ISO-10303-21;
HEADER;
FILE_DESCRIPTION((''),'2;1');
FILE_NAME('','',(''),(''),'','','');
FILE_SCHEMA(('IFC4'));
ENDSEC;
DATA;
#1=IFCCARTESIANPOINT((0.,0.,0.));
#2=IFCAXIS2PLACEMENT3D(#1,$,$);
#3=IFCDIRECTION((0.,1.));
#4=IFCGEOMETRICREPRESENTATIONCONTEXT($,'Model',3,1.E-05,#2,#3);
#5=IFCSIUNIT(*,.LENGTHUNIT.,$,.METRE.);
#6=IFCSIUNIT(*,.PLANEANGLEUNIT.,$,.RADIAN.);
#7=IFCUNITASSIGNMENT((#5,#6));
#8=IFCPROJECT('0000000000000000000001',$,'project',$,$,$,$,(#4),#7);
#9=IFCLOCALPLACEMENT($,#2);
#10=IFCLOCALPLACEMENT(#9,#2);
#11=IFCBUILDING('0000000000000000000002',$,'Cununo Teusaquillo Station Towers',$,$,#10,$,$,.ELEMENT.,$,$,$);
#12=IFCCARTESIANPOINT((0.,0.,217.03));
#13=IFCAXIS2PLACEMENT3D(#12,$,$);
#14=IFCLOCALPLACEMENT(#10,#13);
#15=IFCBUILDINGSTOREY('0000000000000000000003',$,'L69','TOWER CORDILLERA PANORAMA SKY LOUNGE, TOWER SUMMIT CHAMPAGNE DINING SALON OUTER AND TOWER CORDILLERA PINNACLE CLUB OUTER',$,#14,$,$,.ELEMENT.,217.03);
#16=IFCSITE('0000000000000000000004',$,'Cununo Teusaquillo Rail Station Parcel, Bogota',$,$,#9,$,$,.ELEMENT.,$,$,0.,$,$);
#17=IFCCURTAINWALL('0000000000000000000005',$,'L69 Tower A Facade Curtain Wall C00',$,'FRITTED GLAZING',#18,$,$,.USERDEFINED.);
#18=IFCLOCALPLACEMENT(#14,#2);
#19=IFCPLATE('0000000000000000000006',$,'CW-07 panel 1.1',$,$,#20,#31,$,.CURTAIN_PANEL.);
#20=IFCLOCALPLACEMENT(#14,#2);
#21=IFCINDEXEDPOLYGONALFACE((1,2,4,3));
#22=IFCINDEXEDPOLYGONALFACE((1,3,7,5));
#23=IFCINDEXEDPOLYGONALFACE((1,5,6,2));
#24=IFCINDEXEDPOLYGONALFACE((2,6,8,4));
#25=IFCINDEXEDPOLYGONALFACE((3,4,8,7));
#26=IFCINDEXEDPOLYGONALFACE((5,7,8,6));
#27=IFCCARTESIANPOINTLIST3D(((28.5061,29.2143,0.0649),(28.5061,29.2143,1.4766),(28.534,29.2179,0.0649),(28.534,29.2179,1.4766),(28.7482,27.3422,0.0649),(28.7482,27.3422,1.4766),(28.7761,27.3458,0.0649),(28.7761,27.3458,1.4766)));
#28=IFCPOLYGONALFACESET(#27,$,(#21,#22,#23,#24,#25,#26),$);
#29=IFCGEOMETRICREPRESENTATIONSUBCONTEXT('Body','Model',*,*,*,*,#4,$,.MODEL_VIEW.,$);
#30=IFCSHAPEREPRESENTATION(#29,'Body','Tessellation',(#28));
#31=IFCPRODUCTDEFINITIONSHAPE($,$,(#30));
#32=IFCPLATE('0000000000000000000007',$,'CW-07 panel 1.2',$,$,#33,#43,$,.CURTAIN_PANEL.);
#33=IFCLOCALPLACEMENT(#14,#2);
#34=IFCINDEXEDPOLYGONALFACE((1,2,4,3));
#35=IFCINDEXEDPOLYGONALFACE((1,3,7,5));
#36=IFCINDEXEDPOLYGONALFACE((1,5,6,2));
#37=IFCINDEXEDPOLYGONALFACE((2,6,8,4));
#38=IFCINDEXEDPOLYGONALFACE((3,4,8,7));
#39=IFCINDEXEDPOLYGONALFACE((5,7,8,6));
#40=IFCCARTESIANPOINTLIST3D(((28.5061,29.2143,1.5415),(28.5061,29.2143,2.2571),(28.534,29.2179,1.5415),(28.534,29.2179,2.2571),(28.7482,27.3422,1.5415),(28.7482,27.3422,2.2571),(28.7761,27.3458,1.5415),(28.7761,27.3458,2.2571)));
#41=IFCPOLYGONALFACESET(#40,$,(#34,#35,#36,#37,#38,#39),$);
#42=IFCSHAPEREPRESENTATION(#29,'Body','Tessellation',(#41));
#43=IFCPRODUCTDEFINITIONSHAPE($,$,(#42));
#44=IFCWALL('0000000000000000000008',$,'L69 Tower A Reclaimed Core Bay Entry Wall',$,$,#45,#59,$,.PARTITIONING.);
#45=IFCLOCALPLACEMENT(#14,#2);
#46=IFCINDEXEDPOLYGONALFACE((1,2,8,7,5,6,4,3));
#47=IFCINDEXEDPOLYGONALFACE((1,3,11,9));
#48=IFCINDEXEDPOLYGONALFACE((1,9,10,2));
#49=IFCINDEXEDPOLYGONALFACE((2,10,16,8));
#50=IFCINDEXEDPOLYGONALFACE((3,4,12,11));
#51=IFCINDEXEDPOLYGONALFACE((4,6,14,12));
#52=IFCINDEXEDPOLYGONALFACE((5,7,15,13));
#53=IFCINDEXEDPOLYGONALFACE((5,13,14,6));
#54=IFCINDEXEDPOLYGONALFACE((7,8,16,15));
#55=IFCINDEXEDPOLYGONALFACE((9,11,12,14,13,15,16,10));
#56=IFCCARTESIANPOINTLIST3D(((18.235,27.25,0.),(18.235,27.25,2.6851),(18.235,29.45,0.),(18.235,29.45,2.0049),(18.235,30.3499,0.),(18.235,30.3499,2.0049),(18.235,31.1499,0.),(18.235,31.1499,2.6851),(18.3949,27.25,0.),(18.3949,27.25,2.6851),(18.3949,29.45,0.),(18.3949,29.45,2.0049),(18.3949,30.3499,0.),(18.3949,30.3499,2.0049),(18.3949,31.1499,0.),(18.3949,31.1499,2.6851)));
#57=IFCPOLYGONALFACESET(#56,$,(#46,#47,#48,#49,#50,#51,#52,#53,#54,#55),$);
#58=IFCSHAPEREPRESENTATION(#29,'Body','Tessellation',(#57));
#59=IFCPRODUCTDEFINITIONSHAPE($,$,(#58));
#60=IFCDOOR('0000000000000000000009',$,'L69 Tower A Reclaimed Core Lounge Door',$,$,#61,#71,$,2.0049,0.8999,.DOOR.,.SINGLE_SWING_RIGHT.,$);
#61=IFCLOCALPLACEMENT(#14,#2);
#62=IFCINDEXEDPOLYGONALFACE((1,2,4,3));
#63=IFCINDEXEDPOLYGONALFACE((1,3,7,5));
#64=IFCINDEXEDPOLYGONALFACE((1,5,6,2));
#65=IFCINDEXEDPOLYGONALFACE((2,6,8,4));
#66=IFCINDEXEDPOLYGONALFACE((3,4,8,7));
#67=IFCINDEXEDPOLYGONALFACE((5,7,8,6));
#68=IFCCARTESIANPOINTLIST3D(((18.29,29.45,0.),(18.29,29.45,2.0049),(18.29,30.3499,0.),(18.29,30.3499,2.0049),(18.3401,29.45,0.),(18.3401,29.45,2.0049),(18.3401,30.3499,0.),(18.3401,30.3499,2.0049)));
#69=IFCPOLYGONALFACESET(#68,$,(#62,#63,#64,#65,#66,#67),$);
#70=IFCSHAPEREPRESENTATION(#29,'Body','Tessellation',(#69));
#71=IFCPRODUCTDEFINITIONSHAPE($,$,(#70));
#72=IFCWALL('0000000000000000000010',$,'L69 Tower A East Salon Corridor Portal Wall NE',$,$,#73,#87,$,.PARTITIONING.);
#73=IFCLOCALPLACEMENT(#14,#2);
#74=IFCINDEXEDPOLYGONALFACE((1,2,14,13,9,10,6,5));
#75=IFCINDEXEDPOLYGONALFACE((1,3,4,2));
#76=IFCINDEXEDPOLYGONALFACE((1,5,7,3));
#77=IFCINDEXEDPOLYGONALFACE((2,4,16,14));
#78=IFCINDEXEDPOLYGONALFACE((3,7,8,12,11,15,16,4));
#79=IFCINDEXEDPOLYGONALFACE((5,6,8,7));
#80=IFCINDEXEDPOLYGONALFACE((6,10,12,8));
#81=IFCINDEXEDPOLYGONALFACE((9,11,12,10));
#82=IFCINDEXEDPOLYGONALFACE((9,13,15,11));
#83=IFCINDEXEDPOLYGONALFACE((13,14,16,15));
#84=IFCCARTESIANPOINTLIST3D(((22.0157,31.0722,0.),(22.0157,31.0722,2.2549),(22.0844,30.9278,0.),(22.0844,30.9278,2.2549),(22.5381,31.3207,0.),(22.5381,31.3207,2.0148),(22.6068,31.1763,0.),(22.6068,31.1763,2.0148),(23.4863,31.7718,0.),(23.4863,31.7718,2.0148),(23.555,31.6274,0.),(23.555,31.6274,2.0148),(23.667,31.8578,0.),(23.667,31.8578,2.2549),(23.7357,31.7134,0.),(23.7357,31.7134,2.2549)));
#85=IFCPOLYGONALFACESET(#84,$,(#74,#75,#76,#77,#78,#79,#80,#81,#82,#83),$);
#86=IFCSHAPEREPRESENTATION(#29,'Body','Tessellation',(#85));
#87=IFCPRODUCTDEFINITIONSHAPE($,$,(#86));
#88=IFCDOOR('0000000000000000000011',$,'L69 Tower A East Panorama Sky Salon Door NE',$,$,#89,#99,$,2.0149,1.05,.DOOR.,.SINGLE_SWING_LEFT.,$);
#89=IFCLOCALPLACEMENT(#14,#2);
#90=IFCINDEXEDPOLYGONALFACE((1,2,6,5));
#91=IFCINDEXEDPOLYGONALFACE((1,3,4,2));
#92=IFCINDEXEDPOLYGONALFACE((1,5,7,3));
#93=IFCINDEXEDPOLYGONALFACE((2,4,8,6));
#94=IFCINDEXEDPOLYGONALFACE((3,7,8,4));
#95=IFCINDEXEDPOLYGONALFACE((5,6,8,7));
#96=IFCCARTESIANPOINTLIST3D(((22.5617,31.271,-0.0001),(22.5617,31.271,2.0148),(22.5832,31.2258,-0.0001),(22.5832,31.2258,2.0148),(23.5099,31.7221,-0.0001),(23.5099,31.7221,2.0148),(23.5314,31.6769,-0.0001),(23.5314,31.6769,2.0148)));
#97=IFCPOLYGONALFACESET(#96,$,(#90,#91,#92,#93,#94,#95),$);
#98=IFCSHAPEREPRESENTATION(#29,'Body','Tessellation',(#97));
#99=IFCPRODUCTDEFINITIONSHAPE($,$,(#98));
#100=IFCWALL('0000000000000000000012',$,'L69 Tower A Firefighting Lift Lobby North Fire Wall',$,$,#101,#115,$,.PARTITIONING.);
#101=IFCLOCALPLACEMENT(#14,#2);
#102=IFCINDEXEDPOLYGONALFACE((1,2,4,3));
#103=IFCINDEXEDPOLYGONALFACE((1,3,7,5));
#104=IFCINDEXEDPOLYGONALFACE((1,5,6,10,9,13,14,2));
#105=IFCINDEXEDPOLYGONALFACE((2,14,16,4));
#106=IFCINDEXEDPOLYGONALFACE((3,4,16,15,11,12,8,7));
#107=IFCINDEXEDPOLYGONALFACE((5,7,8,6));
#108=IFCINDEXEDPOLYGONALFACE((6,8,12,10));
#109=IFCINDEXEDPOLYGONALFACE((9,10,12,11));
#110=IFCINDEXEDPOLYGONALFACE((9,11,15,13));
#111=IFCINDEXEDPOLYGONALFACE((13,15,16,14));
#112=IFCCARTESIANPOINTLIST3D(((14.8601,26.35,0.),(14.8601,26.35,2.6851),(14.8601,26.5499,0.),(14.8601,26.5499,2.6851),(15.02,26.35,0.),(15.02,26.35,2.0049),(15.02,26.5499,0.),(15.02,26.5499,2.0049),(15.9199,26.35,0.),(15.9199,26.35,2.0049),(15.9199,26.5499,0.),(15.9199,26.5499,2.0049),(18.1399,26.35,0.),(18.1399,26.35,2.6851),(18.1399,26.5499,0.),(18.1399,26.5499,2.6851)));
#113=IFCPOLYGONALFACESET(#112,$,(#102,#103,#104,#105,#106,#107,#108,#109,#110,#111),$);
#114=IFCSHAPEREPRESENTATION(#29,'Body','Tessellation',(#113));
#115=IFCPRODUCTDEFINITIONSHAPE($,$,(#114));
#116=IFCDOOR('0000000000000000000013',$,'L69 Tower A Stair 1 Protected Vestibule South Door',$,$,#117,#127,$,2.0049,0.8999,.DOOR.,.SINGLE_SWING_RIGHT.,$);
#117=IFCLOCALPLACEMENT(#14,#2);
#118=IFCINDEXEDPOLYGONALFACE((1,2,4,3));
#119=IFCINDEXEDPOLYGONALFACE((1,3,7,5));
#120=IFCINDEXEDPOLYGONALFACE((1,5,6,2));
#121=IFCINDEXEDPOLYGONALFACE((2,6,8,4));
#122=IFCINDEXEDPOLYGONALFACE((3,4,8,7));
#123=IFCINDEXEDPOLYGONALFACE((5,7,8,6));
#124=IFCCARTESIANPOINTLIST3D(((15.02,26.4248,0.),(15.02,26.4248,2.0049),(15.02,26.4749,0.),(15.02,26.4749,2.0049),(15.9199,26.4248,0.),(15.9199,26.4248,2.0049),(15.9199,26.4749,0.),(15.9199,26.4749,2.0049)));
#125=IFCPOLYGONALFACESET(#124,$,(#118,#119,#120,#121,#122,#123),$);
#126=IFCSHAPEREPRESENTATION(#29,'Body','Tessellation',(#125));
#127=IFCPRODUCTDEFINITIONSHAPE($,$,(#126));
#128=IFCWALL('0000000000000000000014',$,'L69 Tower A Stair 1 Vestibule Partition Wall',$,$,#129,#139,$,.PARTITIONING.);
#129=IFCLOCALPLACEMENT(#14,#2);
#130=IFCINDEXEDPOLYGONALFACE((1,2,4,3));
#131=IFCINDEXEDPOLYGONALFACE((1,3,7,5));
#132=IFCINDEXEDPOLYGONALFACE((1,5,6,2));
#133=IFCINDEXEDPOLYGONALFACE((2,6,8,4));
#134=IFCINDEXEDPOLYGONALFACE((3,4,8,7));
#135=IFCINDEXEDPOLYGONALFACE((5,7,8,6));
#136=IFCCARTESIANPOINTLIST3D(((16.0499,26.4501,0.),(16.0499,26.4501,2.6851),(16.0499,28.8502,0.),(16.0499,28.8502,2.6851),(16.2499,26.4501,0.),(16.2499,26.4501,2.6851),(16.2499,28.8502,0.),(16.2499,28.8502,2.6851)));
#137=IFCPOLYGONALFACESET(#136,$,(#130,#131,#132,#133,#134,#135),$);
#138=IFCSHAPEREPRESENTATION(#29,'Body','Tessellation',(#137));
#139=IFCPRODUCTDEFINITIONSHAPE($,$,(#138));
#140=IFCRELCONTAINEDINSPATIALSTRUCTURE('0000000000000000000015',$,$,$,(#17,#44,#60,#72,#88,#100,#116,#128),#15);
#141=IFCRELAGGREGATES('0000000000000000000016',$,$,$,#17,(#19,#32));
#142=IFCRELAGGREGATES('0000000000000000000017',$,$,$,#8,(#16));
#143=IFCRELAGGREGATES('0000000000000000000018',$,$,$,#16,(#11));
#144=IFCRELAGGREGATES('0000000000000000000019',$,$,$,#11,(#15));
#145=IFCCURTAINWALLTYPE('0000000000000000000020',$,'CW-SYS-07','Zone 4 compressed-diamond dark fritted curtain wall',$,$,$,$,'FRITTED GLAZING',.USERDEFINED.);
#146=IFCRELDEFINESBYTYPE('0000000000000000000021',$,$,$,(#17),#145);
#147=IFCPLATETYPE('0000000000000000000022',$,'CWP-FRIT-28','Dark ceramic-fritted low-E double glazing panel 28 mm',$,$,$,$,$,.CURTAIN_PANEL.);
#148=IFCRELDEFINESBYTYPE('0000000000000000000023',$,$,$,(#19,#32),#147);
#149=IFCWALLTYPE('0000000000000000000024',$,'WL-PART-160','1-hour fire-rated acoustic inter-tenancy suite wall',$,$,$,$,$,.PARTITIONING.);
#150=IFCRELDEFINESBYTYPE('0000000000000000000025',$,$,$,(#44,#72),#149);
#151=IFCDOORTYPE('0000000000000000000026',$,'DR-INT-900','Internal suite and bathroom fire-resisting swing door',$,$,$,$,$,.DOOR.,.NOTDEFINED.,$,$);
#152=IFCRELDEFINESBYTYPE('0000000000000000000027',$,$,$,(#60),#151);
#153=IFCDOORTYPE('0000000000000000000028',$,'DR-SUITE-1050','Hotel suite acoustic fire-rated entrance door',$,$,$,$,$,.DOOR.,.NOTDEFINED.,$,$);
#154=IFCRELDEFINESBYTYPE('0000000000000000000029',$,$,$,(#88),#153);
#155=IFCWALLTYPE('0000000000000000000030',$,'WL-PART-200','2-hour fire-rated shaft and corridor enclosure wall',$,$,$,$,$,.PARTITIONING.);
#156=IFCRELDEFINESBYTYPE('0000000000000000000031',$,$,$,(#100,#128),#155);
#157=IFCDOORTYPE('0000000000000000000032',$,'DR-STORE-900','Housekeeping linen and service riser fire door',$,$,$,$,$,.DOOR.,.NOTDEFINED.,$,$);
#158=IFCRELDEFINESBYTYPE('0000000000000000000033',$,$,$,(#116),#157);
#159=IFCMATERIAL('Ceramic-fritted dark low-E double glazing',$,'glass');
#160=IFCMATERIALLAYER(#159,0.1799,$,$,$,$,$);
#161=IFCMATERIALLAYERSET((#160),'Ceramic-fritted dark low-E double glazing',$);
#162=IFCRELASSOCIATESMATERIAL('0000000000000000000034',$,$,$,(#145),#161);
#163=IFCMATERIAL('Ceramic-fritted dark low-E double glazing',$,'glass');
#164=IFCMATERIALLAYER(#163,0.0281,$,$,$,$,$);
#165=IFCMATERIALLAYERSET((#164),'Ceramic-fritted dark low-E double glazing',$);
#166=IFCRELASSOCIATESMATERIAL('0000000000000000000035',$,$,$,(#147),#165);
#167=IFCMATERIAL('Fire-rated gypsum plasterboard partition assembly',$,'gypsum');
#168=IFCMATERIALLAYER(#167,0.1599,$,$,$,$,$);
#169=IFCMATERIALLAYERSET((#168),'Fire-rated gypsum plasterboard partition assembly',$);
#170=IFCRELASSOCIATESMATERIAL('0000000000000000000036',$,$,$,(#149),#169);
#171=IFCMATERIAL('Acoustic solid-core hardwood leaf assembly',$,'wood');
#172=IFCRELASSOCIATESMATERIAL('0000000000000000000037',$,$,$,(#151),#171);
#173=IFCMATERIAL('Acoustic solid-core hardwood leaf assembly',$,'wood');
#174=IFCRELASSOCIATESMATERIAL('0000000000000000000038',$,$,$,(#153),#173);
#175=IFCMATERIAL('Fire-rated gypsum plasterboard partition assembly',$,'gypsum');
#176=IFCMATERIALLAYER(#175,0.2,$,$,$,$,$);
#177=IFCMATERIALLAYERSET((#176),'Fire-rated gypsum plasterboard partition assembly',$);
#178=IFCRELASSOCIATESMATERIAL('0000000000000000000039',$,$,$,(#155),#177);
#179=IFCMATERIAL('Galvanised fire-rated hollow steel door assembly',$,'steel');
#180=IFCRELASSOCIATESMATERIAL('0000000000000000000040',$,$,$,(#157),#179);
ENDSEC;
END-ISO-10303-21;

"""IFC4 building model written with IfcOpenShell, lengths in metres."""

from ifc_helpers import new_model, si_unit, direction, frame, frame_2d, origin, origin_2d, place, context, subcontext, project, spatial, rectangle, extrude, source, transform, mapped, material, layer, layer_set, type_object, element, fill, aggregate, save


model = new_model("IFC4")

# Units and contexts
model_context = context("Model", 3, precision=1e-05, world=origin(), true_north=direction((0.0, 1.0)))
body_context = subcontext(model_context, "Body", "Model", "MODEL_VIEW")
ifc_project = project(units=[si_unit("LENGTHUNIT", "METRE"), si_unit("PLANEANGLEUNIT", "RADIAN")], contexts=[model_context])

# Site, building, storey
site_placement = place(None, origin())
site = spatial("IfcSite", under=ifc_project, at=site_placement, Name="Cununo Teusaquillo Rail Station Parcel, Bogota", CompositionType="ELEMENT", RefElevation=0.0)
building_placement = place(site_placement, origin())
building = spatial("IfcBuilding", under=site, at=building_placement, Name="Cununo Teusaquillo Station Towers", CompositionType="ELEMENT")
storey_placement = place(building_placement, frame((0.0, 0.0, 217.03)))
storey = spatial("IfcBuildingStorey", under=building, at=storey_placement, Name="L69", Description="TOWER CORDILLERA PANORAMA SKY LOUNGE, TOWER SUMMIT CHAMPAGNE DINING SALON OUTER AND TOWER CORDILLERA PINNACLE CLUB OUTER", CompositionType="ELEMENT", Elevation=217.03)

# Curtain wall, plates
ifc_material_1 = material(Name="Ceramic-fritted dark low-E double glazing", Category="glass")
ifc_layer_1 = layer(ifc_material_1, 0.1799)
ifc_layer_set_1 = layer_set([ifc_layer_1], Name="Ceramic-fritted dark low-E double glazing")
curtain_wall_type = type_object("IfcCurtainWallType", Name="CW-SYS-07", Description="Zone 4 compressed-diamond dark fritted curtain wall", ElementType="FRITTED GLAZING", PredefinedType="USERDEFINED", material=ifc_layer_set_1)
curtain_wall_placement = place(storey_placement, origin())
curtain_wall = element("IfcCurtainWall", 1, at=curtain_wall_placement, inside=storey, type_object=curtain_wall_type, Name="L69 Tower A Facade Curtain Wall C00", ObjectType="FRITTED GLAZING", PredefinedType="USERDEFINED")
ifc_material_2 = material(Name="Ceramic-fritted dark low-E double glazing", Category="glass")
ifc_layer_2 = layer(ifc_material_2, 0.0281)
ifc_layer_set_2 = layer_set([ifc_layer_2], Name="Ceramic-fritted dark low-E double glazing")
plate_type = type_object("IfcPlateType", Name="CWP-FRIT-28", Description="Dark ceramic-fritted low-E double glazing panel 28 mm", PredefinedType="CURTAIN_PANEL", material=ifc_layer_set_2)
shared_shape_1 = source(origin(), body_context, "Body", "SweptSolid", [
    extrude(rectangle(XDim=1.8877, YDim=0.0281, at=origin_2d()), origin(), (0.0, 0.0, 1.0), 1.4116),
])
plate_1_placement = place(storey_placement, frame((28.6411, 28.28, 0.0649), z_axis=(0.0, 0.0, 1.0), x_axis=(0.128253, -0.991742, 0.0)))
plate_1 = element("IfcPlate", 2, at=plate_1_placement, type_object=plate_type, Name="CW-07 panel 1.1", PredefinedType="CURTAIN_PANEL", context=body_context, shape_type="MappedRepresentation", body=[
    mapped(shared_shape_1, transform((0.0, 0.0, 0.0), x_axis=(1.0, 0.0, 0.0), y_axis=(0.0, 1.0, 0.0), z_axis=(0.0, 0.0, 1.0), scale=1.0)),
])
shared_shape_2 = source(origin(), body_context, "Body", "SweptSolid", [
    extrude(rectangle(XDim=1.8877, YDim=0.0281, at=origin_2d()), origin(), (0.0, 0.0, 1.0), 0.7156),
])
plate_2_placement = place(storey_placement, frame((28.6411, 28.28, 1.5415), z_axis=(0.0, 0.0, 1.0), x_axis=(0.128253, -0.991742, 0.0)))
plate_2 = element("IfcPlate", 3, at=plate_2_placement, type_object=plate_type, Name="CW-07 panel 1.2", PredefinedType="CURTAIN_PANEL", context=body_context, shape_type="MappedRepresentation", body=[
    mapped(shared_shape_2, transform((0.0, 0.0, 0.0), x_axis=(1.0, 0.0, 0.0), y_axis=(0.0, 1.0, 0.0), z_axis=(0.0, 0.0, 1.0), scale=1.0)),
])
aggregate(curtain_wall, [plate_1, plate_2])

# Walls, openings, doors
ifc_material_3 = material(Name="Fire-rated gypsum plasterboard partition assembly", Category="gypsum")
ifc_layer_3 = layer(ifc_material_3, 0.1599)
ifc_layer_set_3 = layer_set([ifc_layer_3], Name="Fire-rated gypsum plasterboard partition assembly")
wall_type_1 = type_object("IfcWallType", Name="WL-PART-160", Description="1-hour fire-rated acoustic inter-tenancy suite wall", PredefinedType="PARTITIONING", material=ifc_layer_set_3)
wall_1_placement = place(storey_placement, frame((18.3149, 27.25, 0.0), z_axis=(0.0, 0.0, 1.0), x_axis=(0.0, 1.0, 0.0)))
wall_1 = element("IfcWall", 4, at=wall_1_placement, inside=storey, type_object=wall_type_1, Name="L69 Tower A Reclaimed Core Bay Entry Wall", PredefinedType="PARTITIONING", context=body_context, shape_type="SweptSolid", body=[
    extrude(rectangle(XDim=3.8999, YDim=0.1599, at=frame_2d((1.95, 0.0))), origin(), (0.0, 0.0, 1.0), 2.6851),
])
shared_shape_3 = source(origin(), body_context, "Body", "SweptSolid", [
    extrude(rectangle(XDim=0.8999, YDim=2.0049, at=frame_2d((0.45, 1.0024))), frame((0.0, 0.0898, 0.0), z_axis=(0.0, -1.0, 0.0), x_axis=(1.0, 0.0, 0.0)), (0.0, 0.0, 1.0), 0.1799),
])
opening_1_placement = place(wall_1_placement, frame((2.2, 0.0, 0.0)))
opening_1 = element("IfcOpeningElement", 5, at=opening_1_placement, cuts=wall_1, PredefinedType="OPENING", context=body_context, shape_type="MappedRepresentation", body=[
    mapped(shared_shape_3, transform((0.0, 0.0, 0.0), x_axis=(1.0, 0.0, 0.0), y_axis=(0.0, 1.0, 0.0), z_axis=(0.0, 0.0, 1.0), scale=1.0)),
])
ifc_material_4 = material(Name="Acoustic solid-core hardwood leaf assembly", Category="wood")
door_type_1 = type_object("IfcDoorType", Name="DR-INT-900", Description="Internal suite and bathroom fire-resisting swing door", OperationType="NOTDEFINED", PredefinedType="DOOR", material=ifc_material_4)
shared_shape_4 = source(origin(), body_context, "Body", "SweptSolid", [
    extrude(rectangle(XDim=0.8999, YDim=2.0049, at=frame_2d((0.45, 1.0024))), frame((0.0, 0.0249, 0.0), z_axis=(0.0, -1.0, 0.0), x_axis=(1.0, 0.0, 0.0)), (0.0, 0.0, 1.0), 0.05),
])
door_1_placement = place(opening_1_placement, origin())
door_1 = element("IfcDoor", 6, at=door_1_placement, inside=storey, type_object=door_type_1, Name="L69 Tower A Reclaimed Core Lounge Door", OperationType="SINGLE_SWING_RIGHT", OverallHeight=2.0049, OverallWidth=0.8999, PredefinedType="DOOR", context=body_context, shape_type="MappedRepresentation", body=[
    mapped(shared_shape_4, transform((0.0, 0.0, 0.0), x_axis=(1.0, 0.0, 0.0), y_axis=(0.0, 1.0, 0.0), z_axis=(0.0, 0.0, 1.0), scale=1.0)),
])
fill(opening_1, door_1)
wall_2_placement = place(storey_placement, frame((22.05, 31.0, 0.0), z_axis=(0.0, 0.0, 1.0), x_axis=(0.903013, 0.429612, 0.0)))
wall_2 = element("IfcWall", 7, at=wall_2_placement, inside=storey, type_object=wall_type_1, Name="L69 Tower A East Salon Corridor Portal Wall NE", PredefinedType="PARTITIONING", context=body_context, shape_type="SweptSolid", body=[
    extrude(rectangle(XDim=1.8286, YDim=0.1599, at=frame_2d((0.9143, 0.0))), origin(), (0.0, 0.0, 1.0), 2.2549),
])
shared_shape_5 = source(origin(), body_context, "Body", "SweptSolid", [
    extrude(rectangle(XDim=1.05, YDim=2.0149, at=frame_2d((0.5249, 1.0073))), frame((0.0, 0.0898, 0.0), z_axis=(0.0, -1.0, 0.0), x_axis=(1.0, 0.0, 0.0)), (0.0, 0.0, 1.0), 0.1799),
])
opening_2_placement = place(wall_2_placement, frame((0.5786, 0.0, 0.0)))
opening_2 = element("IfcOpeningElement", 8, at=opening_2_placement, cuts=wall_2, PredefinedType="OPENING", context=body_context, shape_type="MappedRepresentation", body=[
    mapped(shared_shape_5, transform((0.0, 0.0, 0.0), x_axis=(1.0, 0.0, 0.0), y_axis=(0.0, 1.0, 0.0), z_axis=(0.0, 0.0, 1.0), scale=1.0)),
])
ifc_material_5 = material(Name="Acoustic solid-core hardwood leaf assembly", Category="wood")
door_type_2 = type_object("IfcDoorType", Name="DR-SUITE-1050", Description="Hotel suite acoustic fire-rated entrance door", OperationType="NOTDEFINED", PredefinedType="DOOR", material=ifc_material_5)
shared_shape_6 = source(origin(), body_context, "Body", "SweptSolid", [
    extrude(rectangle(XDim=1.05, YDim=2.0149, at=frame_2d((0.5249, 1.0073))), frame((0.0, 0.0249, 0.0), z_axis=(0.0, -1.0, 0.0), x_axis=(1.0, 0.0, 0.0)), (0.0, 0.0, 1.0), 0.05),
])
door_2_placement = place(opening_2_placement, origin())
door_2 = element("IfcDoor", 9, at=door_2_placement, inside=storey, type_object=door_type_2, Name="L69 Tower A East Panorama Sky Salon Door NE", OperationType="SINGLE_SWING_LEFT", OverallHeight=2.0149, OverallWidth=1.05, PredefinedType="DOOR", context=body_context, shape_type="MappedRepresentation", body=[
    mapped(shared_shape_6, transform((0.0, 0.0, 0.0), x_axis=(1.0, 0.0, 0.0), y_axis=(0.0, 1.0, 0.0), z_axis=(0.0, 0.0, 1.0), scale=1.0)),
])
fill(opening_2, door_2)
ifc_material_6 = material(Name="Fire-rated gypsum plasterboard partition assembly", Category="gypsum")
ifc_layer_4 = layer(ifc_material_6, 0.2)
ifc_layer_set_4 = layer_set([ifc_layer_4], Name="Fire-rated gypsum plasterboard partition assembly")
wall_type_2 = type_object("IfcWallType", Name="WL-PART-200", Description="2-hour fire-rated shaft and corridor enclosure wall", PredefinedType="PARTITIONING", material=ifc_layer_set_4)
wall_3_placement = place(storey_placement, frame((14.8601, 26.45, 0.0), z_axis=(0.0, 0.0, 1.0), x_axis=(1.0, 0.0, 0.0)))
wall_3 = element("IfcWall", 10, at=wall_3_placement, inside=storey, type_object=wall_type_2, Name="L69 Tower A Firefighting Lift Lobby North Fire Wall", PredefinedType="PARTITIONING", context=body_context, shape_type="SweptSolid", body=[
    extrude(rectangle(XDim=3.2798, YDim=0.2, at=frame_2d((1.6399, 0.0))), origin(), (0.0, 0.0, 1.0), 2.6851),
])
shared_shape_7 = source(origin(), body_context, "Body", "SweptSolid", [
    extrude(rectangle(XDim=0.8999, YDim=2.0049, at=frame_2d((0.45, 1.0024))), frame((0.0, 0.1099, 0.0), z_axis=(0.0, -1.0, 0.0), x_axis=(1.0, 0.0, 0.0)), (0.0, 0.0, 1.0), 0.22),
])
opening_3_placement = place(wall_3_placement, frame((0.1599, 0.0, 0.0)))
opening_3 = element("IfcOpeningElement", 11, at=opening_3_placement, cuts=wall_3, PredefinedType="OPENING", context=body_context, shape_type="MappedRepresentation", body=[
    mapped(shared_shape_7, transform((0.0, 0.0, 0.0), x_axis=(1.0, 0.0, 0.0), y_axis=(0.0, 1.0, 0.0), z_axis=(0.0, 0.0, 1.0), scale=1.0)),
])
ifc_material_7 = material(Name="Galvanised fire-rated hollow steel door assembly", Category="steel")
door_type_3 = type_object("IfcDoorType", Name="DR-STORE-900", Description="Housekeeping linen and service riser fire door", OperationType="NOTDEFINED", PredefinedType="DOOR", material=ifc_material_7)
door_3_placement = place(opening_3_placement, origin())
door_3 = element("IfcDoor", 12, at=door_3_placement, inside=storey, type_object=door_type_3, Name="L69 Tower A Stair 1 Protected Vestibule South Door", OperationType="SINGLE_SWING_RIGHT", OverallHeight=2.0049, OverallWidth=0.8999, PredefinedType="DOOR", context=body_context, shape_type="MappedRepresentation", body=[
    mapped(shared_shape_4, transform((0.0, 0.0, 0.0), x_axis=(1.0, 0.0, 0.0), y_axis=(0.0, 1.0, 0.0), z_axis=(0.0, 0.0, 1.0), scale=1.0)),
])
fill(opening_3, door_3)

# Wall
wall_4_placement = place(storey_placement, frame((16.1499, 26.45, 0.0), z_axis=(0.0, 0.0, 1.0), x_axis=(0.0, 1.0, 0.0)))
element("IfcWall", 13, at=wall_4_placement, inside=storey, type_object=wall_type_2, Name="L69 Tower A Stair 1 Vestibule Partition Wall", PredefinedType="PARTITIONING", context=body_context, shape_type="SweptSolid", body=[
    extrude(rectangle(XDim=2.4001, YDim=0.2, at=frame_2d((1.2002, 0.0))), origin(), (0.0, 0.0, 1.0), 2.6851),
])

save(model, "model.ifc")
